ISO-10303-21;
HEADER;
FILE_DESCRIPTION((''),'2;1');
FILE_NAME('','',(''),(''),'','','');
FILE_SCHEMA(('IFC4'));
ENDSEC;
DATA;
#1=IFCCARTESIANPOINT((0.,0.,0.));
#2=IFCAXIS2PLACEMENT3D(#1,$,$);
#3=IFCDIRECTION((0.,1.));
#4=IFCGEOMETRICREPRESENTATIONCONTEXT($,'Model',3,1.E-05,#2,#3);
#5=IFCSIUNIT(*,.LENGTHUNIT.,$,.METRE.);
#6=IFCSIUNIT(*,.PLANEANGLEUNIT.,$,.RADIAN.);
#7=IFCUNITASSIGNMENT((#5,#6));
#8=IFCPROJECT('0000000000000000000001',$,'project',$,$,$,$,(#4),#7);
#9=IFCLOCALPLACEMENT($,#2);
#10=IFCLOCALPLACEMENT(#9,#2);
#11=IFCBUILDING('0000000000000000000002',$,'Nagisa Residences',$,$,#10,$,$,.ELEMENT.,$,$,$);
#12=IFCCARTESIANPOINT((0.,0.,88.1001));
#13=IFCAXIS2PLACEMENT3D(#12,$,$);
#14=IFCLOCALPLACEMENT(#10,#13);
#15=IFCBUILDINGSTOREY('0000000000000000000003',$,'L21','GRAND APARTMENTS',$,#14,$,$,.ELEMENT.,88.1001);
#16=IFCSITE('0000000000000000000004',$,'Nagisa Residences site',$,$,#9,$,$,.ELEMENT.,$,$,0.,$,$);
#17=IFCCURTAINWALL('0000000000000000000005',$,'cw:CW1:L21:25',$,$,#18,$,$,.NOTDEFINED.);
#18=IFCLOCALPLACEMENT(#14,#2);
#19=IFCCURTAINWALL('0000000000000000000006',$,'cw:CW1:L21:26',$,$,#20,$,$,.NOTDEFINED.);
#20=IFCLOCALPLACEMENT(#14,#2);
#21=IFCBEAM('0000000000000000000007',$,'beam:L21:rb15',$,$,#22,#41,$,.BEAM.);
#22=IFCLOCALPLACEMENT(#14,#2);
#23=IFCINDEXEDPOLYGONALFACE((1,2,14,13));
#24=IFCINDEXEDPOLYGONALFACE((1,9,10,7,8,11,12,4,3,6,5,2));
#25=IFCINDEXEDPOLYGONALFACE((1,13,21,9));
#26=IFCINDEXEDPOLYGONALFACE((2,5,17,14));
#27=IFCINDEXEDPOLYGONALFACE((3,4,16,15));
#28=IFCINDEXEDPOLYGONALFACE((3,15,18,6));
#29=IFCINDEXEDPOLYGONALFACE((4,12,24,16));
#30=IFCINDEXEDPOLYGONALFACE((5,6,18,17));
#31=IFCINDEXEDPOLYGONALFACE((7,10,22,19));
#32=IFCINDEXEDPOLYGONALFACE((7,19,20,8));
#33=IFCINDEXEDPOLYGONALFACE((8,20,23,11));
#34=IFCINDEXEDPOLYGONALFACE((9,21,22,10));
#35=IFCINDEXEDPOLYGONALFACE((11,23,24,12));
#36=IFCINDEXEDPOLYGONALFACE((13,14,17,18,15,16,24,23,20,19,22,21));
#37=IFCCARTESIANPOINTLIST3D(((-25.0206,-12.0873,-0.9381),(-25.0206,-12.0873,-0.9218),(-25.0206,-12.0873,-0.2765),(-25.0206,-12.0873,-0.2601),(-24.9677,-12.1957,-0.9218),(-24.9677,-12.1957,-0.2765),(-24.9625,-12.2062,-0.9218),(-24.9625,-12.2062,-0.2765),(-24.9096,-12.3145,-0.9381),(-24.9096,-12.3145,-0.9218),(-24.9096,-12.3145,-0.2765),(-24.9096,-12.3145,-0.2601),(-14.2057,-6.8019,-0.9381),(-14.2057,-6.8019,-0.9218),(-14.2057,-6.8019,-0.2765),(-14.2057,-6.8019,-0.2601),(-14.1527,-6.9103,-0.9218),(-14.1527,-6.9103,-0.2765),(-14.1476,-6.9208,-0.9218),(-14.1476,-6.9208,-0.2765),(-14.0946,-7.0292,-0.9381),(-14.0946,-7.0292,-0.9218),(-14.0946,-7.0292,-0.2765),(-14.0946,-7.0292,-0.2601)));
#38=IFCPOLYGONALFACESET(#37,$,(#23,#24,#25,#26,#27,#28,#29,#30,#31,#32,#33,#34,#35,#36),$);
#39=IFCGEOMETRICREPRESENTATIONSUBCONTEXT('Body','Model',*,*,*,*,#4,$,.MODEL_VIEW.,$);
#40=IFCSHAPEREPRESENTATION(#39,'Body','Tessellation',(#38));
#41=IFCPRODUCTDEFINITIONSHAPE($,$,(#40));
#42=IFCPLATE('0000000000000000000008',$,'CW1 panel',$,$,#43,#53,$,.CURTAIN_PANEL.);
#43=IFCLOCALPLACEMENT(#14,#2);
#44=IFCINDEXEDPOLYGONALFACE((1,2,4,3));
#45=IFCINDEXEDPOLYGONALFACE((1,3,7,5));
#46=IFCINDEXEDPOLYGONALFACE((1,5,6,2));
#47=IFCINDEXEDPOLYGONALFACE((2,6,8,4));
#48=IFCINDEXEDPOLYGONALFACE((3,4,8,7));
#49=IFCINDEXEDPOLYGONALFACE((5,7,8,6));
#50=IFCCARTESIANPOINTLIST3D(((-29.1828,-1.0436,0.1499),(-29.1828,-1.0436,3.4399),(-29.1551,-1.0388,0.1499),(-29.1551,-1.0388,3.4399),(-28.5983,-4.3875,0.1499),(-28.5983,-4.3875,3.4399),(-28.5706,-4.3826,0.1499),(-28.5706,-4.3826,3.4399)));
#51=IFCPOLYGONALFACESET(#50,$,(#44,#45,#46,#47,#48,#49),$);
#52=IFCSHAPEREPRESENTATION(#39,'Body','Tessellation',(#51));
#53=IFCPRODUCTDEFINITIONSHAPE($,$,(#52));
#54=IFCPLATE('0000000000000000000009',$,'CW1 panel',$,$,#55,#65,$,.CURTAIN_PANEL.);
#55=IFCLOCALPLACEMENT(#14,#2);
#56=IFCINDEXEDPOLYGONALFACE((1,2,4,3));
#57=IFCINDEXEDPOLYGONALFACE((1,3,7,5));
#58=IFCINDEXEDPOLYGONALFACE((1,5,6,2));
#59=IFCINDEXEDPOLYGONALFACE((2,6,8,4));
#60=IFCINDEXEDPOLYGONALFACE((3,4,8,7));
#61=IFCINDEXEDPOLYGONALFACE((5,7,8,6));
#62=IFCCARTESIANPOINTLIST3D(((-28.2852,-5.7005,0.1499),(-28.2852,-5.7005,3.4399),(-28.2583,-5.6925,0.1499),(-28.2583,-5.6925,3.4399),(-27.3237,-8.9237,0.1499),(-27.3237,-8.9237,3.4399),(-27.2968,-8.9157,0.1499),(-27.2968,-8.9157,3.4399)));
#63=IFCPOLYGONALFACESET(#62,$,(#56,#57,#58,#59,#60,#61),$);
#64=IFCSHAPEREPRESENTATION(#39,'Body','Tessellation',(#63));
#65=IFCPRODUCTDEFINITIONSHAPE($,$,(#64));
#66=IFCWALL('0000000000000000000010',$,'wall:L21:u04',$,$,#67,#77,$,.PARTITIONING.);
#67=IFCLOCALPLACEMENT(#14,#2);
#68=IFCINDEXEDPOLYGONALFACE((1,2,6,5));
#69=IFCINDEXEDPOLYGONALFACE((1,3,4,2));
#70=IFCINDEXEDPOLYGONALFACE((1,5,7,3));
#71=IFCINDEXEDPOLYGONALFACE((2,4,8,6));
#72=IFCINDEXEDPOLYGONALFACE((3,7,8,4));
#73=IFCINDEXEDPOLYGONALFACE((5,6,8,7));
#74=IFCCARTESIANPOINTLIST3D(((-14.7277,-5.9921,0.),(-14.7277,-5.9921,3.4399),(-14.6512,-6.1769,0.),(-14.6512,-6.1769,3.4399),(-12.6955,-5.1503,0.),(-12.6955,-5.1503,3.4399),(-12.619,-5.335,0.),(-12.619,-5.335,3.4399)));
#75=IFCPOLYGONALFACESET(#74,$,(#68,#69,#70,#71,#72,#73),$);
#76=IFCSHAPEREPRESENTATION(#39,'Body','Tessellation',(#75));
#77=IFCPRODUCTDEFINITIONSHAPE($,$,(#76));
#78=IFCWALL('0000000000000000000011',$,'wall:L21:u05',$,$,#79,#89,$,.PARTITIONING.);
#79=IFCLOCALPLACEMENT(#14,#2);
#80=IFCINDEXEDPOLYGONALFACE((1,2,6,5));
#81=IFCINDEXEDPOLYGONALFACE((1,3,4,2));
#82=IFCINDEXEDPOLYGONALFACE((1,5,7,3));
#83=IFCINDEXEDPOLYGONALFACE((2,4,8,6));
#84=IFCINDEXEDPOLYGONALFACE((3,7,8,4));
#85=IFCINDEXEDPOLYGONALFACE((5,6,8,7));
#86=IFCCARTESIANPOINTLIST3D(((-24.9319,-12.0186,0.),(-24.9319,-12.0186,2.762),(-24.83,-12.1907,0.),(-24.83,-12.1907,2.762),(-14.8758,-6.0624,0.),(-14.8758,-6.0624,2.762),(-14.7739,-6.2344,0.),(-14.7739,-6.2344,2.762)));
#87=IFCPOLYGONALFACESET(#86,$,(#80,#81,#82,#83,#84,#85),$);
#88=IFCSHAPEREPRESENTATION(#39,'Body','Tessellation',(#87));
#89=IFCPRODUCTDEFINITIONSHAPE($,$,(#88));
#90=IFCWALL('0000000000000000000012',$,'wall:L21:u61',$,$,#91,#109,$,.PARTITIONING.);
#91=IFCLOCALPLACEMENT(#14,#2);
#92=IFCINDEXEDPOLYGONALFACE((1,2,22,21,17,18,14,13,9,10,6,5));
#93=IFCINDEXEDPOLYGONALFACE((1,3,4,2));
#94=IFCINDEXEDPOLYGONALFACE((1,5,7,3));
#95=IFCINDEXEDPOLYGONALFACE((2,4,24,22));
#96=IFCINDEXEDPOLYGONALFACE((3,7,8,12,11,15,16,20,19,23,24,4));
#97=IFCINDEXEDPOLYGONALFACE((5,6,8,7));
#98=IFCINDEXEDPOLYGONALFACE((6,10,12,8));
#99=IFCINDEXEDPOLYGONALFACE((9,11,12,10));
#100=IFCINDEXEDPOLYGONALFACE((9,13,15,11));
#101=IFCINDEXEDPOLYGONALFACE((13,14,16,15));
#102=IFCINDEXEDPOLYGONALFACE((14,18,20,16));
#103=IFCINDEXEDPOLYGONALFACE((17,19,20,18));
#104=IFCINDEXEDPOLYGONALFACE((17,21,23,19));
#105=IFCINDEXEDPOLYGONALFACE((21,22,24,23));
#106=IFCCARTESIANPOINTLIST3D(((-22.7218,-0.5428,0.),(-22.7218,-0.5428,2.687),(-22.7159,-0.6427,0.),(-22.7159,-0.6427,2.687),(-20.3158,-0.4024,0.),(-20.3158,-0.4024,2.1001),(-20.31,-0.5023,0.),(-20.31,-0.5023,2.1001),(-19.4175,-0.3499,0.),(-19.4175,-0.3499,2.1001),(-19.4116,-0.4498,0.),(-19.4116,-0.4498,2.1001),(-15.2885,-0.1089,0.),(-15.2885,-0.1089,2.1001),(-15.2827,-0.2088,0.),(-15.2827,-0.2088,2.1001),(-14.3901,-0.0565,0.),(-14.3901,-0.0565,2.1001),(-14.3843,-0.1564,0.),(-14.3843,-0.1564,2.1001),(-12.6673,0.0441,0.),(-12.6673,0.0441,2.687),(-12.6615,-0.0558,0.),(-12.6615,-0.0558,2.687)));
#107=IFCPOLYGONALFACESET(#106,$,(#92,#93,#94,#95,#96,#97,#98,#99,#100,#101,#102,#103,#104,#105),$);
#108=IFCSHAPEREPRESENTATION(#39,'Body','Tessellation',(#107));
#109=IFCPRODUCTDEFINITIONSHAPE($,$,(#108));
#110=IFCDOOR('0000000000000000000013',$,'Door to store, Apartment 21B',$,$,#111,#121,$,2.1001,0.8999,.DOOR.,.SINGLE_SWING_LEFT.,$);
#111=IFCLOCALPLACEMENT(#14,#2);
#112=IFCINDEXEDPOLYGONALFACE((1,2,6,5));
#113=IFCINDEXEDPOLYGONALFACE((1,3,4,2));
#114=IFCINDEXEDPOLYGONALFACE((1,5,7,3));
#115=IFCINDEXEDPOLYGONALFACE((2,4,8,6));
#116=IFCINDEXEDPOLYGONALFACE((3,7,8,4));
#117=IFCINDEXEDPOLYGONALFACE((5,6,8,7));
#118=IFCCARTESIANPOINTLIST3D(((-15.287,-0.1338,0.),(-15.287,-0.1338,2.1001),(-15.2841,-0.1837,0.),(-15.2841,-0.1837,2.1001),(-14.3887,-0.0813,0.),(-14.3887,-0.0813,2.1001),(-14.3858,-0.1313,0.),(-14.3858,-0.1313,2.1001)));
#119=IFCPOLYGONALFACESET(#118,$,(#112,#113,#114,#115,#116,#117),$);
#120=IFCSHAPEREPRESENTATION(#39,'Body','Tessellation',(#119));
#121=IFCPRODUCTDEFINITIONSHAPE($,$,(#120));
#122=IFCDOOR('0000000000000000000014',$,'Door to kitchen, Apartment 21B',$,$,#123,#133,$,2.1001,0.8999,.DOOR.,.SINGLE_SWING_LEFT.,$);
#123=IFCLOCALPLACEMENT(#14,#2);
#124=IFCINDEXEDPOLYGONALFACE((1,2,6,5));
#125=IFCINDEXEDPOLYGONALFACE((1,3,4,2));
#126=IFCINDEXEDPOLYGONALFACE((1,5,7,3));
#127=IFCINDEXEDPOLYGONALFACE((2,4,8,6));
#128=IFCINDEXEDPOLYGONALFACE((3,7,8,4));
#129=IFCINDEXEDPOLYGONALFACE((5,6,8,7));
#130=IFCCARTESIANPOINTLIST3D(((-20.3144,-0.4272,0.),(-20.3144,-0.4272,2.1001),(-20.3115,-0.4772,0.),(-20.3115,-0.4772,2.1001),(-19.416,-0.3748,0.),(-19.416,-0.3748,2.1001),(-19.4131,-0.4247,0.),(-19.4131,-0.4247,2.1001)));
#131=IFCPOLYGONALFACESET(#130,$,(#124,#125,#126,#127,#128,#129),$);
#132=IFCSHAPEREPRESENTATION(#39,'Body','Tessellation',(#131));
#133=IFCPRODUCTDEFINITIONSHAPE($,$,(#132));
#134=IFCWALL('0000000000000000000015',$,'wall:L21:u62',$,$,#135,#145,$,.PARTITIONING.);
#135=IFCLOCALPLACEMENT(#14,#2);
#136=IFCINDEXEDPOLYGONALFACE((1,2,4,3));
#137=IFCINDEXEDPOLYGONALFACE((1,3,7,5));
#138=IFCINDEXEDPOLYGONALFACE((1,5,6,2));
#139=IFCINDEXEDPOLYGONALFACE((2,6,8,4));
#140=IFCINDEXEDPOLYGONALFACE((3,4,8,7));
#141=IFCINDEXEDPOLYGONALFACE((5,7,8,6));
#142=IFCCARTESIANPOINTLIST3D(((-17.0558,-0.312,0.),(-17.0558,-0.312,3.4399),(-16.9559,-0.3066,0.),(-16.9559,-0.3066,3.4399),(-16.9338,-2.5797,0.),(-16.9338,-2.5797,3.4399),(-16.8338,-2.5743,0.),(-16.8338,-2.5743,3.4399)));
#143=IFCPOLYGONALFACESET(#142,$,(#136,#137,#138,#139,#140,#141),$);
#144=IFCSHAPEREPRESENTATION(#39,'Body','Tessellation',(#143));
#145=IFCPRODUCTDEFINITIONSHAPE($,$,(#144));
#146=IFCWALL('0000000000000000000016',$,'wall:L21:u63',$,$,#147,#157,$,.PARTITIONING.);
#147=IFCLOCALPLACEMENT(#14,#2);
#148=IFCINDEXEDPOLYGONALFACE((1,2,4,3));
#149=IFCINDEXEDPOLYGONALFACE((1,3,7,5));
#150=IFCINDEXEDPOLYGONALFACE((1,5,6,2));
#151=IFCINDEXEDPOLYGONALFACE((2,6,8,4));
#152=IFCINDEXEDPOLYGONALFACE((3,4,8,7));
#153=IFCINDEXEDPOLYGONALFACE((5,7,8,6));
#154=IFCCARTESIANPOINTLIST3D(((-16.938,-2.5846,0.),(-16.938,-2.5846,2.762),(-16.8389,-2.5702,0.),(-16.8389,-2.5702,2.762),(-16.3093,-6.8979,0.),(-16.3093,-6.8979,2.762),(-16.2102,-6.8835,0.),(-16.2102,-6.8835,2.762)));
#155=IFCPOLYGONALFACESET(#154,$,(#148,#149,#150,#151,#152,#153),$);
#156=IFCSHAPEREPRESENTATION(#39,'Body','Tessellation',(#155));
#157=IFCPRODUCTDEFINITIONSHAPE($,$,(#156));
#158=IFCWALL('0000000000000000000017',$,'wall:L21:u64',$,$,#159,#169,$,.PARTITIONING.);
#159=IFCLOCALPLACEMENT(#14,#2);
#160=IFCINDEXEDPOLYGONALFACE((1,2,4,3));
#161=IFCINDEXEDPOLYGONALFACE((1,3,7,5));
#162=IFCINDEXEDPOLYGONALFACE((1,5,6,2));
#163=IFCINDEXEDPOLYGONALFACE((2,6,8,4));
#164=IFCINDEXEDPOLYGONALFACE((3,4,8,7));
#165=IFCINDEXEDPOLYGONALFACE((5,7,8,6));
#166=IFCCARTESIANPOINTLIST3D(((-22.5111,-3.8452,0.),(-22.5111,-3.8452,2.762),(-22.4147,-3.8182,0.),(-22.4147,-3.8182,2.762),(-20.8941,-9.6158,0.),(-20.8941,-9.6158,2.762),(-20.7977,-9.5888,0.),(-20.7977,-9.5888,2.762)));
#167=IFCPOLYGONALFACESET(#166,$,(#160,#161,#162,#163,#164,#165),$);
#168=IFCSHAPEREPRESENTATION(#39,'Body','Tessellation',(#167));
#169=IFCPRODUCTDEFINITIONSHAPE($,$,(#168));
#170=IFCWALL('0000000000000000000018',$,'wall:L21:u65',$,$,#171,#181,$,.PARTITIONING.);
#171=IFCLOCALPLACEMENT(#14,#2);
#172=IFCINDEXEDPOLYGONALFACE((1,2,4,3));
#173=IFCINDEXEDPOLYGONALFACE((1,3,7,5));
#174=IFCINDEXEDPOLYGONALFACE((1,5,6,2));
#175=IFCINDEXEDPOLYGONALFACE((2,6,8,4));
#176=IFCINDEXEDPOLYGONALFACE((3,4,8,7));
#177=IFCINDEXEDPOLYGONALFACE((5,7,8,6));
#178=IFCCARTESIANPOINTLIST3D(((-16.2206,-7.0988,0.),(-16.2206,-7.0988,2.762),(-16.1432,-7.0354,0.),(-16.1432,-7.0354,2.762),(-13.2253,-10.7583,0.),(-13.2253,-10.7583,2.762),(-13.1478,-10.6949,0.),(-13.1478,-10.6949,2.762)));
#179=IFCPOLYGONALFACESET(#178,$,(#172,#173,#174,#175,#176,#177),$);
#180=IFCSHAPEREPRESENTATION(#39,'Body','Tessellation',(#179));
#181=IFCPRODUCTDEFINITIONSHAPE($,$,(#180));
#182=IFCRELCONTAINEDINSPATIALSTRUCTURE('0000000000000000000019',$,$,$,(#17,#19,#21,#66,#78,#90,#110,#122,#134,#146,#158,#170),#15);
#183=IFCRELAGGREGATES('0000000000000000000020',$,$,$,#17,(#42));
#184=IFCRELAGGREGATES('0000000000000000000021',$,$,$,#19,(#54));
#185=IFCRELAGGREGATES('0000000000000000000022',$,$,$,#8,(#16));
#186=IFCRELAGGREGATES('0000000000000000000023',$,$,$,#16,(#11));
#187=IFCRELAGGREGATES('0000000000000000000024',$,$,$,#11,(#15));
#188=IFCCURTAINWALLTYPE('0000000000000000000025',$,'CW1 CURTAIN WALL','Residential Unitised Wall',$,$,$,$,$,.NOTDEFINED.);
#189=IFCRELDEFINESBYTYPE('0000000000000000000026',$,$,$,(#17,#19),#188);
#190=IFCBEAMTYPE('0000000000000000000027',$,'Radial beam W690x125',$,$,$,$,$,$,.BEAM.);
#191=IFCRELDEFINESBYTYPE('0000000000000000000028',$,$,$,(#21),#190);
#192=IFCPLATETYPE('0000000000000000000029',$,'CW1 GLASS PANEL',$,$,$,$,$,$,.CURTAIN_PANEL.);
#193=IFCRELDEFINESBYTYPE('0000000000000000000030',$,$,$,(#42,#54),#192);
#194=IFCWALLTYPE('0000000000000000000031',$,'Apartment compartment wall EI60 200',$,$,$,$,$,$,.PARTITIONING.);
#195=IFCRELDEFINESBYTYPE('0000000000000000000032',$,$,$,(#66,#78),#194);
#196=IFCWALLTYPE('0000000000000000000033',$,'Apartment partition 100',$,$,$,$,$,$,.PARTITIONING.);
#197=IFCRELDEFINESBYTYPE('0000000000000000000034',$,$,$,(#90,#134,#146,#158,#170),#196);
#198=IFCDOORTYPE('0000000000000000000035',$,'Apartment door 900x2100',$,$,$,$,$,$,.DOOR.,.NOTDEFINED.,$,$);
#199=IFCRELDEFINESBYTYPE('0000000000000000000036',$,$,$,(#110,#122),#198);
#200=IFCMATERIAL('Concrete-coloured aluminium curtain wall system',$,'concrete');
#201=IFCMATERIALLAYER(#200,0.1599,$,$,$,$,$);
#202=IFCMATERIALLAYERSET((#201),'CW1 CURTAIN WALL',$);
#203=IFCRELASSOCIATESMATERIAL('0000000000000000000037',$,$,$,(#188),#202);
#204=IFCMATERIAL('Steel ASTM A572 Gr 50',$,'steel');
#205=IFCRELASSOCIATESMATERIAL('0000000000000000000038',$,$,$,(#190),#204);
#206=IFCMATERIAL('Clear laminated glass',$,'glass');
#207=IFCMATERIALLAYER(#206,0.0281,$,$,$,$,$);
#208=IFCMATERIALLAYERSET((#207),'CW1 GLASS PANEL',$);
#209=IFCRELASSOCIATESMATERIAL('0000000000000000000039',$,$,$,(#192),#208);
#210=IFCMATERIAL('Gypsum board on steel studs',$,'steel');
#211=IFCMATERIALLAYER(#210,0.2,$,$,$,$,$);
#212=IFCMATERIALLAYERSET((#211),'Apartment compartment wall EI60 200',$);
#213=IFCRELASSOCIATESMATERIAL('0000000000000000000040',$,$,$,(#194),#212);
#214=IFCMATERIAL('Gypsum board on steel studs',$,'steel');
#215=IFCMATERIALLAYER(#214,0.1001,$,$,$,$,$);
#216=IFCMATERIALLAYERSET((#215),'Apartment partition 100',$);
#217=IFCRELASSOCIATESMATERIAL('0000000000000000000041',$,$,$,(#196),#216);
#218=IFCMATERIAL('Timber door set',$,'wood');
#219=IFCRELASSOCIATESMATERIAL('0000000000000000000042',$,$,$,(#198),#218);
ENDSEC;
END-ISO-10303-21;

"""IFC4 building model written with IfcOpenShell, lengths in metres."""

from ifc_helpers import new_model, si_unit, direction, frame, frame_2d, origin, origin_2d, place, context, subcontext, project, spatial, rectangle, i_section, extrude, material, layer, layer_set, material_profile, profile_set, type_object, element, fill, aggregate, save


model = new_model("IFC4")

# Units and contexts
model_context = context("Model", 3, precision=1e-05, world=origin(), true_north=direction((0.0, 1.0)))
body_context = subcontext(model_context, "Body", "Model", "MODEL_VIEW")
ifc_project = project(units=[si_unit("LENGTHUNIT", "METRE"), si_unit("PLANEANGLEUNIT", "RADIAN")], contexts=[model_context])

# Site, building, storey
site_placement = place(None, origin())
site = spatial("IfcSite", under=ifc_project, at=site_placement, Name="Nagisa Residences site", CompositionType="ELEMENT", RefElevation=0.0)
building_placement = place(site_placement, origin())
building = spatial("IfcBuilding", under=site, at=building_placement, Name="Nagisa Residences", CompositionType="ELEMENT")
storey_placement = place(building_placement, frame((0.0, 0.0, 88.1001)))
storey = spatial("IfcBuildingStorey", under=building, at=storey_placement, Name="L21", Description="GRAND APARTMENTS", CompositionType="ELEMENT", Elevation=88.1001)

# Curtain walls
ifc_material_1 = material(Name="Concrete-coloured aluminium curtain wall system", Category="concrete")
ifc_layer_1 = layer(ifc_material_1, 0.1599)
ifc_layer_set_1 = layer_set([ifc_layer_1], Name="CW1 CURTAIN WALL")
curtain_wall_type = type_object("IfcCurtainWallType", Name="CW1 CURTAIN WALL", Description="Residential Unitised Wall", PredefinedType="NOTDEFINED", material=ifc_layer_set_1)
curtain_wall_1_placement = place(storey_placement, origin())
curtain_wall_1 = element("IfcCurtainWall", 1, at=curtain_wall_1_placement, inside=storey, type_object=curtain_wall_type, Name="cw:CW1:L21:25", PredefinedType="NOTDEFINED")
curtain_wall_2_placement = place(storey_placement, origin())
curtain_wall_2 = element("IfcCurtainWall", 2, at=curtain_wall_2_placement, inside=storey, type_object=curtain_wall_type, Name="cw:CW1:L21:26", PredefinedType="NOTDEFINED")

# Beam
ifc_material_2 = material(Name="Steel ASTM A572 Gr 50", Category="steel")
ifc_material_profile_1 = material_profile(ifc_material_2, i_section(OverallWidth=0.2529, OverallDepth=0.678, WebThickness=0.0117, FlangeThickness=0.0164, at=origin_2d()), Name="W690x125")
ifc_profile_set_1 = profile_set([ifc_material_profile_1], Name="Steel ASTM A572 Gr 50")
beam_type_1 = type_object("IfcBeamType", Name="Radial beam W690x125", PredefinedType="BEAM", material=ifc_profile_set_1)
beam_1_placement = place(storey_placement, frame((-24.9651, -12.2009, -0.5991), z_axis=(0.898447, 0.439082, 0.0), x_axis=(-0.439082, 0.898447, 0.0)))
element("IfcBeam", 3, at=beam_1_placement, inside=storey, type_object=beam_type_1, Name="beam:L21:rb15", PredefinedType="BEAM", context=body_context, shape_type="SweptSolid", body=[
    extrude(i_section(OverallWidth=0.2529, OverallDepth=0.678, WebThickness=0.0117, FlangeThickness=0.0164, at=origin_2d()), origin(), (0.0, 0.0, 1.0), 12.0374),
])

# Plates
ifc_material_3 = material(Name="Clear laminated glass", Category="glass")
ifc_layer_2 = layer(ifc_material_3, 0.0281)
ifc_layer_set_2 = layer_set([ifc_layer_2], Name="CW1 GLASS PANEL")
plate_type = type_object("IfcPlateType", Name="CW1 GLASS PANEL", PredefinedType="CURTAIN_PANEL", material=ifc_layer_set_2)
plate_1_placement = place(storey_placement, frame((-28.8767, -2.7131, 0.1499), z_axis=(0.0, 0.0, 1.0), x_axis=(0.172191, -0.985064, 0.0)))
plate_1 = element("IfcPlate", 4, at=plate_1_placement, type_object=plate_type, Name="CW1 panel", PredefinedType="CURTAIN_PANEL", context=body_context, shape_type="SweptSolid", body=[
    extrude(rectangle(XDim=3.3945, YDim=0.0281, at=origin_2d()), origin(), (0.0, 0.0, 1.0), 3.29),
])
aggregate(curtain_wall_1, [plate_1])
plate_2_placement = place(storey_placement, frame((-27.791, -7.3081, 0.1499), z_axis=(0.0, 0.0, 1.0), x_axis=(0.28586, -0.958271, 0.0)))
plate_2 = element("IfcPlate", 5, at=plate_2_placement, type_object=plate_type, Name="CW1 panel", PredefinedType="CURTAIN_PANEL", context=body_context, shape_type="SweptSolid", body=[
    extrude(rectangle(XDim=3.3635, YDim=0.0281, at=origin_2d()), origin(), (0.0, 0.0, 1.0), 3.29),
])
aggregate(curtain_wall_2, [plate_2])

# Walls
ifc_material_4 = material(Name="Gypsum board on steel studs", Category="steel")
ifc_layer_3 = layer(ifc_material_4, 0.2)
ifc_layer_set_3 = layer_set([ifc_layer_3], Name="Apartment compartment wall EI60 200")
wall_type_1 = type_object("IfcWallType", Name="Apartment compartment wall EI60 200", PredefinedType="PARTITIONING", material=ifc_layer_set_3)
wall_1_placement = place(storey_placement, frame((-12.6572, -5.2427, 0.0), z_axis=(0.0, 0.0, 1.0), x_axis=(-0.923876, -0.382692, 0.0)))
element("IfcWall", 6, at=wall_1_placement, inside=storey, type_object=wall_type_1, Name="wall:L21:u04", PredefinedType="PARTITIONING", context=body_context, shape_type="SweptSolid", body=[
    extrude(rectangle(XDim=2.1997, YDim=0.2, at=frame_2d((1.0999, 0.0))), origin(), (0.0, 0.0, 1.0), 3.4399),
])
wall_2_placement = place(storey_placement, frame((-14.825, -6.1484, 0.0), z_axis=(0.0, 0.0, 1.0), x_axis=(-0.8604, -0.509619, 0.0)))
element("IfcWall", 7, at=wall_2_placement, inside=storey, type_object=wall_type_1, Name="wall:L21:u05", PredefinedType="PARTITIONING", context=body_context, shape_type="SweptSolid", body=[
    extrude(rectangle(XDim=11.6877, YDim=0.2, at=frame_2d((5.8438, 0.0))), origin(), (0.0, 0.0, 1.0), 2.762),
])

# Wall, openings, doors
ifc_material_5 = material(Name="Gypsum board on steel studs", Category="steel")
ifc_layer_4 = layer(ifc_material_5, 0.1001)
ifc_layer_set_4 = layer_set([ifc_layer_4], Name="Apartment partition 100")
wall_type_2 = type_object("IfcWallType", Name="Apartment partition 100", PredefinedType="PARTITIONING", material=ifc_layer_set_4)
wall_3_placement = place(storey_placement, frame((-12.6646, -0.0059, 0.0), z_axis=(0.0, 0.0, 1.0), x_axis=(-0.998301, -0.058274, 0.0)))
wall_3 = element("IfcWall", 8, at=wall_3_placement, inside=storey, type_object=wall_type_2, Name="wall:L21:u61", PredefinedType="PARTITIONING", context=body_context, shape_type="SweptSolid", body=[
    extrude(rectangle(XDim=10.0715, YDim=0.1001, at=frame_2d((5.0356, 0.0))), origin(), (0.0, 0.0, 1.0), 2.687),
])
opening_1_placement = place(wall_3_placement, frame((1.7256, 0.0, 0.0)))
opening_1 = element("IfcOpeningElement", 9, at=opening_1_placement, cuts=wall_3, PredefinedType="OPENING", context=body_context, shape_type="SweptSolid", body=[
    extrude(rectangle(XDim=0.8999, YDim=2.1001, at=frame_2d((0.45, 1.05))), frame((0.0, 0.0601, 0.0), z_axis=(0.0, -1.0, 0.0), x_axis=(1.0, 0.0, 0.0)), (0.0, 0.0, 1.0), 0.1201),
])
opening_2_placement = place(wall_3_placement, frame((6.7615, 0.0, 0.0)))
opening_2 = element("IfcOpeningElement", 10, at=opening_2_placement, cuts=wall_3, PredefinedType="OPENING", context=body_context, shape_type="SweptSolid", body=[
    extrude(rectangle(XDim=0.8999, YDim=2.1001, at=frame_2d((0.45, 1.05))), frame((0.0, 0.0601, 0.0), z_axis=(0.0, -1.0, 0.0), x_axis=(1.0, 0.0, 0.0)), (0.0, 0.0, 1.0), 0.1201),
])
ifc_material_6 = material(Name="Timber door set", Category="wood")
door_type_1 = type_object("IfcDoorType", Name="Apartment door 900x2100", OperationType="NOTDEFINED", PredefinedType="DOOR", material=ifc_material_6)
door_1_placement = place(opening_1_placement, origin())
door_1 = element("IfcDoor", 11, at=door_1_placement, inside=storey, type_object=door_type_1, Name="Door to store, Apartment 21B", OperationType="SINGLE_SWING_LEFT", OverallHeight=2.1001, OverallWidth=0.8999, PredefinedType="DOOR", context=body_context, shape_type="SweptSolid", body=[
    extrude(rectangle(XDim=0.8999, YDim=2.1001, at=frame_2d((0.45, 1.05))), frame((0.0, 0.0249, 0.0), z_axis=(0.0, -1.0, 0.0), x_axis=(1.0, 0.0, 0.0)), (0.0, 0.0, 1.0), 0.05),
])
fill(opening_1, door_1)
door_2_placement = place(opening_2_placement, origin())
door_2 = element("IfcDoor", 12, at=door_2_placement, inside=storey, type_object=door_type_1, Name="Door to kitchen, Apartment 21B", OperationType="SINGLE_SWING_LEFT", OverallHeight=2.1001, OverallWidth=0.8999, PredefinedType="DOOR", context=body_context, shape_type="SweptSolid", body=[
    extrude(rectangle(XDim=0.8999, YDim=2.1001, at=frame_2d((0.45, 1.05))), frame((0.0, 0.0249, 0.0), z_axis=(0.0, -1.0, 0.0), x_axis=(1.0, 0.0, 0.0)), (0.0, 0.0, 1.0), 0.05),
])
fill(opening_2, door_2)

# Walls
wall_4_placement = place(storey_placement, frame((-17.0059, -0.3093, 0.0), z_axis=(0.0, 0.0, 1.0), x_axis=(0.053749, -0.998554, 0.0)))
element("IfcWall", 13, at=wall_4_placement, inside=storey, type_object=wall_type_2, Name="wall:L21:u62", PredefinedType="PARTITIONING", context=body_context, shape_type="SweptSolid", body=[
    extrude(rectangle(XDim=2.271, YDim=0.1001, at=frame_2d((1.1355, 0.0))), origin(), (0.0, 0.0, 1.0), 3.4399),
])
wall_5_placement = place(storey_placement, frame((-16.8884, -2.5774, 0.0), z_axis=(0.0, 0.0, 1.0), x_axis=(0.144228, -0.989544, 0.0)))
element("IfcWall", 14, at=wall_5_placement, inside=storey, type_object=wall_type_2, Name="wall:L21:u63", PredefinedType="PARTITIONING", context=body_context, shape_type="SweptSolid", body=[
    extrude(rectangle(XDim=4.3589, YDim=0.1001, at=frame_2d((2.1794, 0.0))), origin(), (0.0, 0.0, 1.0), 2.762),
])
wall_6_placement = place(storey_placement, frame((-22.4629, -3.8315, 0.0), z_axis=(0.0, 0.0, 1.0), x_axis=(0.269805, -0.962915, 0.0)))
element("IfcWall", 15, at=wall_6_placement, inside=storey, type_object=wall_type_2, Name="wall:L21:u64", PredefinedType="PARTITIONING", context=body_context, shape_type="SweptSolid", body=[
    extrude(rectangle(XDim=5.9929, YDim=0.1001, at=frame_2d((2.9966, 0.0))), origin(), (0.0, 0.0, 1.0), 2.762),
])
wall_7_placement = place(storey_placement, frame((-16.1819, -7.0671, 0.0), z_axis=(0.0, 0.0, 1.0), x_axis=(0.633401, -0.773824, 0.0)))
element("IfcWall", 16, at=wall_7_placement, inside=storey, type_object=wall_type_2, Name="wall:L21:u65", PredefinedType="PARTITIONING", context=body_context, shape_type="SweptSolid", body=[
    extrude(rectangle(XDim=4.729, YDim=0.1001, at=frame_2d((2.3645, 0.0))), origin(), (0.0, 0.0, 1.0), 2.762),
])

save(model, "model.ifc")
